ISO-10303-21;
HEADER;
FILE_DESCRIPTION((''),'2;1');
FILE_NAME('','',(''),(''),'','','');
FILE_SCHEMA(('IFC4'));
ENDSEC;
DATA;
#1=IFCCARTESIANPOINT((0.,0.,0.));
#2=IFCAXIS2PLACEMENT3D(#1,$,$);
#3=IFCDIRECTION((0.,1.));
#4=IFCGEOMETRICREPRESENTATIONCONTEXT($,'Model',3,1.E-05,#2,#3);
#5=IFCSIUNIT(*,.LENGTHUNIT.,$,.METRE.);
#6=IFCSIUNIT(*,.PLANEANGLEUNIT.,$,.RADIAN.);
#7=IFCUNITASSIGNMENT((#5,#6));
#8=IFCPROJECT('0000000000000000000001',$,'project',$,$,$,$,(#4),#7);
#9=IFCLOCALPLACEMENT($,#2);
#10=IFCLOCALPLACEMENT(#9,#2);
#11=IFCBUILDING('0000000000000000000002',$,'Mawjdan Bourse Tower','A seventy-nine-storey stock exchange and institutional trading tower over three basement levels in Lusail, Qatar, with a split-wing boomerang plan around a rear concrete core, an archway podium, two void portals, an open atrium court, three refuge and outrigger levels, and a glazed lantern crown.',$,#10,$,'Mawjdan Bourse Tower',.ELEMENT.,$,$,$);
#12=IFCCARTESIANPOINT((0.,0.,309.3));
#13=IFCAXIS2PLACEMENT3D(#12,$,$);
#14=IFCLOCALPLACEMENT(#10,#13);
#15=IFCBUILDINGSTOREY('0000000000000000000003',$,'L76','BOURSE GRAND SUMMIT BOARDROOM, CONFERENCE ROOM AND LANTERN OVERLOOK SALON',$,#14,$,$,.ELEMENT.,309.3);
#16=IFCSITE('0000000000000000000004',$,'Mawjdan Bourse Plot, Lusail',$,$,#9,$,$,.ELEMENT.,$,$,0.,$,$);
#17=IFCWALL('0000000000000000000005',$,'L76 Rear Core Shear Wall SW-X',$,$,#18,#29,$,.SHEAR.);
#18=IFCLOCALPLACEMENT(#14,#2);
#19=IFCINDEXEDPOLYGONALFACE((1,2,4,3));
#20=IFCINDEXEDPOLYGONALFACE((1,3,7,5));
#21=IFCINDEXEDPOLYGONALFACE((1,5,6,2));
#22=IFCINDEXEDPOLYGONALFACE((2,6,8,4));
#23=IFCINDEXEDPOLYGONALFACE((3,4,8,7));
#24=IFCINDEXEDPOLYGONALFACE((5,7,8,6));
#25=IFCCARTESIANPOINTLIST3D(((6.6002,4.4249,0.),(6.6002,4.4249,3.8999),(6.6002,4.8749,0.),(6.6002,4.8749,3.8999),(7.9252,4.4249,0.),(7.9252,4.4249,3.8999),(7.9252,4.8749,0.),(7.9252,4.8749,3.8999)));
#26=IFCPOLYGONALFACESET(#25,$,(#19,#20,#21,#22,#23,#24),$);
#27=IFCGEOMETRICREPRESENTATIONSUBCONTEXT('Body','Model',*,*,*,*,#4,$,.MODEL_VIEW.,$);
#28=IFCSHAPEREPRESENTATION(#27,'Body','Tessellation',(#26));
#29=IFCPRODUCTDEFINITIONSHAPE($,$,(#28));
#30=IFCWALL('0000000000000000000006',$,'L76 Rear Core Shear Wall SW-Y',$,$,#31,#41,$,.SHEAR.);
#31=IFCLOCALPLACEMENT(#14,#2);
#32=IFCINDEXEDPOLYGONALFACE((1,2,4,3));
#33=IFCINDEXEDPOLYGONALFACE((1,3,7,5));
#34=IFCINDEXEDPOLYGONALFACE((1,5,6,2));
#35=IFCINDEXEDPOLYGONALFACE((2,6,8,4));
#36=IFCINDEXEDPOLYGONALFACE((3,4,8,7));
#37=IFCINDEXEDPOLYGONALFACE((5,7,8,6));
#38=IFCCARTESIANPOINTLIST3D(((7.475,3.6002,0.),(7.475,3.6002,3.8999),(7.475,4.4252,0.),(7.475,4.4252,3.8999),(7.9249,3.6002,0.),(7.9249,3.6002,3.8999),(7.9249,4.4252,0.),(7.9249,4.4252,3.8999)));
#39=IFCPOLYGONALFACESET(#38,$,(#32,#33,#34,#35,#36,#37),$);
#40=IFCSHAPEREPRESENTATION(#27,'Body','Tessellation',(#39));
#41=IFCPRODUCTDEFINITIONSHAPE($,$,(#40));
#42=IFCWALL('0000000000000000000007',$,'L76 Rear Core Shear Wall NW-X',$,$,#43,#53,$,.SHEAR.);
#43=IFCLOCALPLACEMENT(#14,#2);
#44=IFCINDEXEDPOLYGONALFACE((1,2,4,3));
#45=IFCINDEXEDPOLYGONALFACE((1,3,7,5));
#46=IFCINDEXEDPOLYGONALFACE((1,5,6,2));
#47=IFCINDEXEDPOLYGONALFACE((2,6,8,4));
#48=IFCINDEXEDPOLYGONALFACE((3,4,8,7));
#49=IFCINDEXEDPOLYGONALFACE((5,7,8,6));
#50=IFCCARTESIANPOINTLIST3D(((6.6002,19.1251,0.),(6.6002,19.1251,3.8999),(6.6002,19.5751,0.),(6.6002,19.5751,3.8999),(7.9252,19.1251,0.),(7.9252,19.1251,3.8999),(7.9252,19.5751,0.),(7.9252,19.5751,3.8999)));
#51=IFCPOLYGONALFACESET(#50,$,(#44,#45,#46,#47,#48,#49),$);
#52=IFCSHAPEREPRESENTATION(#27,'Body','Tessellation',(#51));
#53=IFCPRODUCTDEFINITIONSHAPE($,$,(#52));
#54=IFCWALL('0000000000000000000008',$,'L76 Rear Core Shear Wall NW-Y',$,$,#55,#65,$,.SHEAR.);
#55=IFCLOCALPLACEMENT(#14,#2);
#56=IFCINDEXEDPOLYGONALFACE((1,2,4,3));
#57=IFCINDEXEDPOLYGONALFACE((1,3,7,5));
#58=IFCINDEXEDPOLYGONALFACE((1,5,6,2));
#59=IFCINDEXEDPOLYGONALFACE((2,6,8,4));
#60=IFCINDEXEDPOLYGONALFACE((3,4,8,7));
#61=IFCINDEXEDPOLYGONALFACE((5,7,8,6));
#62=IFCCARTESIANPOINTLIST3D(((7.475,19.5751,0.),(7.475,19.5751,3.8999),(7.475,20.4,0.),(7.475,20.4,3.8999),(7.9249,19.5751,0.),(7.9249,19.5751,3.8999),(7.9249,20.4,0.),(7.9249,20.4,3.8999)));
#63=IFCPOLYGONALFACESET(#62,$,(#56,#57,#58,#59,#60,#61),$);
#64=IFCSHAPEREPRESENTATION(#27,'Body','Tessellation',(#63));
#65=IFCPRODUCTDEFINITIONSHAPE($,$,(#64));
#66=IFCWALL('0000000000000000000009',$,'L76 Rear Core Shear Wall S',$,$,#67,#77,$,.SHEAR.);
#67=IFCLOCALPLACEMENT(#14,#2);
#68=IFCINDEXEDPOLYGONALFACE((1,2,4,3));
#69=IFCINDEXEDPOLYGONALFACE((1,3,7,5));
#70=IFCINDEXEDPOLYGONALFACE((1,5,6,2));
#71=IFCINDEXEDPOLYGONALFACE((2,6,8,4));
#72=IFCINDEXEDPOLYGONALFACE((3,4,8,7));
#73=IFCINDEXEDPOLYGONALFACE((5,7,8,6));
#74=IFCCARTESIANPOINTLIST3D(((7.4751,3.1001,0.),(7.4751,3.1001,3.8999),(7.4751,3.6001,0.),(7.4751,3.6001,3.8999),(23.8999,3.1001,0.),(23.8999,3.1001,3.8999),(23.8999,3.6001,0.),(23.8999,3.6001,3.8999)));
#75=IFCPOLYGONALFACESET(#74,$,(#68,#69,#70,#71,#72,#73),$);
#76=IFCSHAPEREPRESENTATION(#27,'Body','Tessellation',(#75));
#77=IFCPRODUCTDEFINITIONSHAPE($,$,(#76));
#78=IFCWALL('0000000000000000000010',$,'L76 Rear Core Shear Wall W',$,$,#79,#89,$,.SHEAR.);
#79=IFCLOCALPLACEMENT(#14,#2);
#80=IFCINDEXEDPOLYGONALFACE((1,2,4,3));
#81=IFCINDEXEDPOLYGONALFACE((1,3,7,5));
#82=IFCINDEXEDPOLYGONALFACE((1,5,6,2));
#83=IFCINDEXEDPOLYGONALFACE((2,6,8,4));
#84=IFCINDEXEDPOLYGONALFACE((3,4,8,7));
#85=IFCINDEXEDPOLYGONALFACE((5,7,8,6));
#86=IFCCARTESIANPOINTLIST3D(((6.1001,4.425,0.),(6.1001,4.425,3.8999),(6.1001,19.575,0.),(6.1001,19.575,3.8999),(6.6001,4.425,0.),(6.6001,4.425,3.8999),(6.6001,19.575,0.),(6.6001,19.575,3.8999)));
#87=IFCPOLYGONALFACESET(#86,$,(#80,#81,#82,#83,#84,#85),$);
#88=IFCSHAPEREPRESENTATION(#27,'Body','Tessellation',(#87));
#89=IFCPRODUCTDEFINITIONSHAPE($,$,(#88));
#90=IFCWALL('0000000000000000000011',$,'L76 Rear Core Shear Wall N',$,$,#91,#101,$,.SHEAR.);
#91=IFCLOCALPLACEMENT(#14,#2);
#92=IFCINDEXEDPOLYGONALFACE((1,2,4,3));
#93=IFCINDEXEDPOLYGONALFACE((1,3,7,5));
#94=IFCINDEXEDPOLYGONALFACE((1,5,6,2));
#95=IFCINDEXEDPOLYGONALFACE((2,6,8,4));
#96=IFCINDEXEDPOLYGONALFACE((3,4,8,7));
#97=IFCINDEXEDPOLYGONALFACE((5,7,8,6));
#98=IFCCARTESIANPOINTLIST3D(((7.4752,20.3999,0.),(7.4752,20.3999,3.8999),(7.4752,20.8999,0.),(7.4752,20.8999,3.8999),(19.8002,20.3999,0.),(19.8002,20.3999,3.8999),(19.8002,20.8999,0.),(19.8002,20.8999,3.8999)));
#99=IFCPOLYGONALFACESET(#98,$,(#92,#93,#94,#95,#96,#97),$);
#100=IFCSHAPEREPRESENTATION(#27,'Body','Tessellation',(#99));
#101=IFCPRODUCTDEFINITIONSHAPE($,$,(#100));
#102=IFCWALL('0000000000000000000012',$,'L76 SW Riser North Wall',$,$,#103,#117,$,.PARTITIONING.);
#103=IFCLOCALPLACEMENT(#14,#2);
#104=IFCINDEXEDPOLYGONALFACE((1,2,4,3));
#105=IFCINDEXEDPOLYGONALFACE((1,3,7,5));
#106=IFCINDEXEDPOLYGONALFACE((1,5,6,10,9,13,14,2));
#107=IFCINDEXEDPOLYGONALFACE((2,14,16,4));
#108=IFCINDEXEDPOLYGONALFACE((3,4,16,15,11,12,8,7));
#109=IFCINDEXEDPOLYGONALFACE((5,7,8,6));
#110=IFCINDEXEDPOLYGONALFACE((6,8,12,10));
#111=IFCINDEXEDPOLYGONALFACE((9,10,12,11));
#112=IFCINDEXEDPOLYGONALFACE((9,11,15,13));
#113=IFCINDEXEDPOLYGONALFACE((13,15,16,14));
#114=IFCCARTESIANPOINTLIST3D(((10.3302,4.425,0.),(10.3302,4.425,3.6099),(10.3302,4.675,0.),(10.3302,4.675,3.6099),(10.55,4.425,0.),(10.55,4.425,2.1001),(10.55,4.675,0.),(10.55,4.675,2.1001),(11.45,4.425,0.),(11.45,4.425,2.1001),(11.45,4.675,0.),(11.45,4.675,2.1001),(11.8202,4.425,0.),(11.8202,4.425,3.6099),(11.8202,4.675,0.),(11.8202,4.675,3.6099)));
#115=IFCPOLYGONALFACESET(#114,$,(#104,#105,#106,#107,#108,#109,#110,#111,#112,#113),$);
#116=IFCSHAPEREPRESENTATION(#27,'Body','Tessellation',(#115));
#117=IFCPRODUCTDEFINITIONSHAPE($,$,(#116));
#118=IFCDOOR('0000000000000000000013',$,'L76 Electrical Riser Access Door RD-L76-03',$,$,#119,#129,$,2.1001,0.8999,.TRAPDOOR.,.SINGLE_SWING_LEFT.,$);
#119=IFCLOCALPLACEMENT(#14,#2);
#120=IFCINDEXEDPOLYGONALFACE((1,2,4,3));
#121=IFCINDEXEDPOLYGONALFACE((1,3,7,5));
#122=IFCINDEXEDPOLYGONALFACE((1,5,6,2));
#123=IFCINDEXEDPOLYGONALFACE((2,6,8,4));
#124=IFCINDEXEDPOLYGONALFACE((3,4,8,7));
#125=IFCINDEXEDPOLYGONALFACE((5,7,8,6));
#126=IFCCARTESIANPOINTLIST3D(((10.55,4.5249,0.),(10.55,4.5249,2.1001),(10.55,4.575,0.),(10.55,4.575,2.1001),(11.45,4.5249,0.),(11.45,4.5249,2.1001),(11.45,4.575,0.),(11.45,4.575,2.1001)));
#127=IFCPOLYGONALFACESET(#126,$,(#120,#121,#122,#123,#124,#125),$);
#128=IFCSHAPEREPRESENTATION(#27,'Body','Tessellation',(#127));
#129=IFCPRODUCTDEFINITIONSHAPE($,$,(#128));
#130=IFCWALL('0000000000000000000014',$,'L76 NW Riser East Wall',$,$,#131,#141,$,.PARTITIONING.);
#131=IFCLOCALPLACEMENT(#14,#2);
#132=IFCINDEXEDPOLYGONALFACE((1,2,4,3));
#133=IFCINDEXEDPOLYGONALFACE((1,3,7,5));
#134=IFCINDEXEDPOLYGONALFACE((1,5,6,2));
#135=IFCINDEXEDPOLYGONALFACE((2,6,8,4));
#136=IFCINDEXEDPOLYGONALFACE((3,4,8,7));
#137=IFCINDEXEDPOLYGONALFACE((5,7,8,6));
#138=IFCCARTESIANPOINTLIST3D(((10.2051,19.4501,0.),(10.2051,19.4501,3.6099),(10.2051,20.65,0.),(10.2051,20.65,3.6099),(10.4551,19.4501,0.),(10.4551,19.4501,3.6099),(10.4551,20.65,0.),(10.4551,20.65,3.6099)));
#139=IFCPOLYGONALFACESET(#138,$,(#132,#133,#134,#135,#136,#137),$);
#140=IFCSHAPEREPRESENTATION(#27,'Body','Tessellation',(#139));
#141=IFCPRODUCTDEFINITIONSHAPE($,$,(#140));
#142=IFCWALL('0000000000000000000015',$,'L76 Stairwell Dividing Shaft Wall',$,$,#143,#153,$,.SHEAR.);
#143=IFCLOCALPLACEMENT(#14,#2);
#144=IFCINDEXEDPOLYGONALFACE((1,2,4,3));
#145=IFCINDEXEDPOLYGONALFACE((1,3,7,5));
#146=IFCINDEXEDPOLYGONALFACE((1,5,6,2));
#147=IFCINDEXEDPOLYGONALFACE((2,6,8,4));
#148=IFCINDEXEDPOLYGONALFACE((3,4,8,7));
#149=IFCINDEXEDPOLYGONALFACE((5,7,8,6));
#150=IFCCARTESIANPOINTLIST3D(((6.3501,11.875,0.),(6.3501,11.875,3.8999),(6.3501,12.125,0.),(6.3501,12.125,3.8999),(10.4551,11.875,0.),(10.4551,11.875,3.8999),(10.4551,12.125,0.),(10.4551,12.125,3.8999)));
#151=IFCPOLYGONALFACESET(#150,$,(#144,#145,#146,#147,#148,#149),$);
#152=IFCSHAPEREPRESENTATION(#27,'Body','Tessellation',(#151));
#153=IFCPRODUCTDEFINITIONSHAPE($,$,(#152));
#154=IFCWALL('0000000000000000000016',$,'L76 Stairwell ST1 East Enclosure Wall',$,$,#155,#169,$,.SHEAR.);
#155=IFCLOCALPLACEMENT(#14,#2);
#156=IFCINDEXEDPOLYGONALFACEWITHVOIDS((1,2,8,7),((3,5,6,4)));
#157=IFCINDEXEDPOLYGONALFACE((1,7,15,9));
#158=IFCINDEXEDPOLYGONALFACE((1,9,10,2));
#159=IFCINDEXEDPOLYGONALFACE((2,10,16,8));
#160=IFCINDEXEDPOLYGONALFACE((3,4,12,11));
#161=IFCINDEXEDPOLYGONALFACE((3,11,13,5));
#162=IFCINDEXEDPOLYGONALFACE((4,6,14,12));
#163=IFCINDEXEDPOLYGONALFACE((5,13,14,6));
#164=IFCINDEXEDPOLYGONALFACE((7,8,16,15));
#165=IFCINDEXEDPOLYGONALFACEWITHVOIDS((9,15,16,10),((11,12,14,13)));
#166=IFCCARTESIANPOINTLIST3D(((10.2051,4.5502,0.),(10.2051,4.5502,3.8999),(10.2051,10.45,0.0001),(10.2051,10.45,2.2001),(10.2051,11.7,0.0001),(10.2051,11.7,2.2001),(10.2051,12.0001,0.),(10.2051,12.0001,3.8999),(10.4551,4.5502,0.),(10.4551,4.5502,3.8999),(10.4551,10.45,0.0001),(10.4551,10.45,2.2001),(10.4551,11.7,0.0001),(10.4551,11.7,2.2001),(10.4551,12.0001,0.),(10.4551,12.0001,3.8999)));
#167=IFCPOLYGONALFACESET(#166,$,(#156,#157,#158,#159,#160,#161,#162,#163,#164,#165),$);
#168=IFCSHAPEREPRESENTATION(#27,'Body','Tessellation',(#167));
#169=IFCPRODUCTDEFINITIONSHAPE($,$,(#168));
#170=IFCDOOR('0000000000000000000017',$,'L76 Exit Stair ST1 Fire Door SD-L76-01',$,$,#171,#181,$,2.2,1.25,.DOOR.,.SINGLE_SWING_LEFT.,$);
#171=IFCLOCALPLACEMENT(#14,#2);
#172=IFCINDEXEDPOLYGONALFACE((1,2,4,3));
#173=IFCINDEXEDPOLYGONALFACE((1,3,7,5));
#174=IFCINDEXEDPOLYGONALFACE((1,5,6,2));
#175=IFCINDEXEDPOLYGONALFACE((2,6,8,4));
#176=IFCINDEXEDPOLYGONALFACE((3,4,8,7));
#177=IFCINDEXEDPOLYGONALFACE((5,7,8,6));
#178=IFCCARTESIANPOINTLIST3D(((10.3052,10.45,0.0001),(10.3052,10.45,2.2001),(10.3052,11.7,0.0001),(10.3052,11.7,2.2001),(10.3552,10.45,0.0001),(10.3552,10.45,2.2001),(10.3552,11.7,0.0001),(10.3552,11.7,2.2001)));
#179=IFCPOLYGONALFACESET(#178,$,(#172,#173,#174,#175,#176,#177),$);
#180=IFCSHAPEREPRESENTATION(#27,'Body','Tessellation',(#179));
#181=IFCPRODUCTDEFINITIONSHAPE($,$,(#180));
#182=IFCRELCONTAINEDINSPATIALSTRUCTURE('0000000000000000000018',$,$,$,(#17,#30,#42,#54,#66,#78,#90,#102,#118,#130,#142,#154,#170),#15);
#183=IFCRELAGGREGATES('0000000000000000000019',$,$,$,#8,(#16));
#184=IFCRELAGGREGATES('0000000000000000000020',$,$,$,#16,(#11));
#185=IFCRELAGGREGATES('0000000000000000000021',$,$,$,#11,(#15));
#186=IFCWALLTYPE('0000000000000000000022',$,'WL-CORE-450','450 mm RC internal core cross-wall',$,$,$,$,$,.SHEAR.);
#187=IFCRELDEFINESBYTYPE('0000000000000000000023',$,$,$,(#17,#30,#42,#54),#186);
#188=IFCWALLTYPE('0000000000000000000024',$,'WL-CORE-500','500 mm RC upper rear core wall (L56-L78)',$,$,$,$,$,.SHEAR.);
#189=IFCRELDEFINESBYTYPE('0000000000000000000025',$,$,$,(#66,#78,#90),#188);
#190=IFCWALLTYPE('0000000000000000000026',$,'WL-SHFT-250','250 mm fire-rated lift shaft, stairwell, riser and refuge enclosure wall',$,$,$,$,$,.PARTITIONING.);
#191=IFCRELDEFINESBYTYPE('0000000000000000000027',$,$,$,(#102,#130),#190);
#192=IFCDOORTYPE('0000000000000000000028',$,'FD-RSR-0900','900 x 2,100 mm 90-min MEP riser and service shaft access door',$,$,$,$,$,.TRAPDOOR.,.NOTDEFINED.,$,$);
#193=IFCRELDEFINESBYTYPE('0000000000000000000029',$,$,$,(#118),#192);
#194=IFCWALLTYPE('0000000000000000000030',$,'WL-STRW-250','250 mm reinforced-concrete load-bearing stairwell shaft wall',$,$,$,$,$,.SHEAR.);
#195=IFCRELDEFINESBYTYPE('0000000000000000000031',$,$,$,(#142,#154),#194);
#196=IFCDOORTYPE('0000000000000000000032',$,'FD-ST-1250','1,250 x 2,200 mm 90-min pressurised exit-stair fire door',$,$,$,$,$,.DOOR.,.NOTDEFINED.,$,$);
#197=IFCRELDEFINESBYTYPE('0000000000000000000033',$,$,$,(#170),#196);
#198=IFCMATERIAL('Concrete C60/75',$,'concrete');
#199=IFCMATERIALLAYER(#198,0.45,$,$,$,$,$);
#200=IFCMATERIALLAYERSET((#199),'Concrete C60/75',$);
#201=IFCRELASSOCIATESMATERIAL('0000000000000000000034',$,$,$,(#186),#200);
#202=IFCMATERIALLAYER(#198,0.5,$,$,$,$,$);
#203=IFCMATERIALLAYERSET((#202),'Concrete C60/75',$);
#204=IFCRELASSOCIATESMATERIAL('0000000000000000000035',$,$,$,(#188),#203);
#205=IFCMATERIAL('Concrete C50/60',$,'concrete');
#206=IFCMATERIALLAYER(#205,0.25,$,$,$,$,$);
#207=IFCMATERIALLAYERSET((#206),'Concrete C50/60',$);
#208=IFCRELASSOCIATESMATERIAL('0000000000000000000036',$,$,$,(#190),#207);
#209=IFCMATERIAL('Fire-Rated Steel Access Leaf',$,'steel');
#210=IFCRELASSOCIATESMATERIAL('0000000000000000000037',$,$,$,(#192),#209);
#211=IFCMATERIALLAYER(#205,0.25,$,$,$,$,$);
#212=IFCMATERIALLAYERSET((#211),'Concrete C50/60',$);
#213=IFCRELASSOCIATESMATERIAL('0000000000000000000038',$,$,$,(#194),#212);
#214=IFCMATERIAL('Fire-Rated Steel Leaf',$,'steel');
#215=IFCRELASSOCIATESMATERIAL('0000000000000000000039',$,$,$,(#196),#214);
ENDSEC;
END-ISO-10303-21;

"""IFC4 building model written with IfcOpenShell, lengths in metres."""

from ifc_helpers import new_model, si_unit, direction, frame, frame_2d, origin, place, context, subcontext, project, spatial, rectangle, extrude, material, layer, layer_set, type_object, element, fill, save


model = new_model("IFC4")

# Units and contexts
model_context = context("Model", 3, precision=1e-05, world=origin(), true_north=direction((0.0, 1.0)))
body_context = subcontext(model_context, "Body", "Model", "MODEL_VIEW")
ifc_project = project(units=[si_unit("LENGTHUNIT", "METRE"), si_unit("PLANEANGLEUNIT", "RADIAN")], contexts=[model_context])

# Site, building, storey
site_placement = place(None, origin())
site = spatial("IfcSite", under=ifc_project, at=site_placement, Name="Mawjdan Bourse Plot, Lusail", CompositionType="ELEMENT", RefElevation=0.0)
building_placement = place(site_placement, origin())
building = spatial("IfcBuilding", under=site, at=building_placement, Name="Mawjdan Bourse Tower", Description="A seventy-nine-storey stock exchange and institutional trading tower over three basement levels in Lusail, Qatar, with a split-wing boomerang plan around a rear concrete core, an archway podium, two void portals, an open atrium court, three refuge and outrigger levels, and a glazed lantern crown.", LongName="Mawjdan Bourse Tower", CompositionType="ELEMENT")
storey_placement = place(building_placement, frame((0.0, 0.0, 309.3)))
storey = spatial("IfcBuildingStorey", under=building, at=storey_placement, Name="L76", Description="BOURSE GRAND SUMMIT BOARDROOM, CONFERENCE ROOM AND LANTERN OVERLOOK SALON", CompositionType="ELEMENT", Elevation=309.3)

# Shared definitions
ifc_material_1 = material(Name="Concrete C50/60", Category="concrete")

# Walls
ifc_material_2 = material(Name="Concrete C60/75", Category="concrete")
ifc_layer_1 = layer(ifc_material_2, 0.45)
ifc_layer_set_1 = layer_set([ifc_layer_1], Name="Concrete C60/75")
wall_type_1 = type_object("IfcWallType", Name="WL-CORE-450", Description="450 mm RC internal core cross-wall", PredefinedType="SHEAR", material=ifc_layer_set_1)
wall_1_placement = place(storey_placement, frame((6.6001, 4.6499, 0.0), z_axis=(0.0, 0.0, 1.0), x_axis=(1.0, 0.0, 0.0)))
element("IfcWall", 1, at=wall_1_placement, inside=storey, type_object=wall_type_1, Name="L76 Rear Core Shear Wall SW-X", PredefinedType="SHEAR", context=body_context, shape_type="SweptSolid", body=[
    extrude(rectangle(XDim=1.325, YDim=0.45, at=frame_2d((0.6626, 0.0))), origin(), (0.0, 0.0, 1.0), 3.8999),
])
wall_2_placement = place(storey_placement, frame((7.7, 3.6001, 0.0), z_axis=(0.0, 0.0, 1.0), x_axis=(0.0, 1.0, 0.0)))
element("IfcWall", 2, at=wall_2_placement, inside=storey, type_object=wall_type_1, Name="L76 Rear Core Shear Wall SW-Y", PredefinedType="SHEAR", context=body_context, shape_type="SweptSolid", body=[
    extrude(rectangle(XDim=0.825, YDim=0.45, at=frame_2d((0.4126, 0.0))), origin(), (0.0, 0.0, 1.0), 3.8999),
])
wall_3_placement = place(storey_placement, frame((6.6001, 19.3501, 0.0), z_axis=(0.0, 0.0, 1.0), x_axis=(1.0, 0.0, 0.0)))
element("IfcWall", 3, at=wall_3_placement, inside=storey, type_object=wall_type_1, Name="L76 Rear Core Shear Wall NW-X", PredefinedType="SHEAR", context=body_context, shape_type="SweptSolid", body=[
    extrude(rectangle(XDim=1.325, YDim=0.45, at=frame_2d((0.6626, 0.0))), origin(), (0.0, 0.0, 1.0), 3.8999),
])
wall_4_placement = place(storey_placement, frame((7.7, 19.575, 0.0), z_axis=(0.0, 0.0, 1.0), x_axis=(0.0, 1.0, 0.0)))
element("IfcWall", 4, at=wall_4_placement, inside=storey, type_object=wall_type_1, Name="L76 Rear Core Shear Wall NW-Y", PredefinedType="SHEAR", context=body_context, shape_type="SweptSolid", body=[
    extrude(rectangle(XDim=0.825, YDim=0.45, at=frame_2d((0.4126, 0.0))), origin(), (0.0, 0.0, 1.0), 3.8999),
])
ifc_layer_2 = layer(ifc_material_2, 0.5)
ifc_layer_set_2 = layer_set([ifc_layer_2], Name="Concrete C60/75")
wall_type_2 = type_object("IfcWallType", Name="WL-CORE-500", Description="500 mm RC upper rear core wall (L56-L78)", PredefinedType="SHEAR", material=ifc_layer_set_2)
wall_5_placement = place(storey_placement, frame((7.4751, 3.3501, 0.0), z_axis=(0.0, 0.0, 1.0), x_axis=(1.0, 0.0, 0.0)))
element("IfcWall", 5, at=wall_5_placement, inside=storey, type_object=wall_type_2, Name="L76 Rear Core Shear Wall S", PredefinedType="SHEAR", context=body_context, shape_type="SweptSolid", body=[
    extrude(rectangle(XDim=16.4248, YDim=0.5, at=frame_2d((8.2124, 0.0))), origin(), (0.0, 0.0, 1.0), 3.8999),
])
wall_6_placement = place(storey_placement, frame((6.3501, 4.425, 0.0), z_axis=(0.0, 0.0, 1.0), x_axis=(0.0, 1.0, 0.0)))
element("IfcWall", 6, at=wall_6_placement, inside=storey, type_object=wall_type_2, Name="L76 Rear Core Shear Wall W", PredefinedType="SHEAR", context=body_context, shape_type="SweptSolid", body=[
    extrude(rectangle(XDim=15.1499, YDim=0.5, at=frame_2d((7.575, 0.0))), origin(), (0.0, 0.0, 1.0), 3.8999),
])
wall_7_placement = place(storey_placement, frame((7.4751, 20.6499, 0.0), z_axis=(0.0, 0.0, 1.0), x_axis=(1.0, 0.0, 0.0)))
element("IfcWall", 7, at=wall_7_placement, inside=storey, type_object=wall_type_2, Name="L76 Rear Core Shear Wall N", PredefinedType="SHEAR", context=body_context, shape_type="SweptSolid", body=[
    extrude(rectangle(XDim=12.325, YDim=0.5, at=frame_2d((6.1626, 0.0))), origin(), (0.0, 0.0, 1.0), 3.8999),
])

# Wall, opening, door
ifc_layer_3 = layer(ifc_material_1, 0.25)
ifc_layer_set_3 = layer_set([ifc_layer_3], Name="Concrete C50/60")
wall_type_3 = type_object("IfcWallType", Name="WL-SHFT-250", Description="250 mm fire-rated lift shaft, stairwell, riser and refuge enclosure wall", PredefinedType="PARTITIONING", material=ifc_layer_set_3)
wall_8_placement = place(storey_placement, frame((10.3301, 4.55, 0.0), z_axis=(0.0, 0.0, 1.0), x_axis=(1.0, 0.0, 0.0)))
wall_8 = element("IfcWall", 8, at=wall_8_placement, inside=storey, type_object=wall_type_3, Name="L76 SW Riser North Wall", PredefinedType="PARTITIONING", context=body_context, shape_type="SweptSolid", body=[
    extrude(rectangle(XDim=1.49, YDim=0.25, at=frame_2d((0.7451, 0.0))), origin(), (0.0, 0.0, 1.0), 3.6099),
])
opening_1_placement = place(wall_8_placement, frame((0.22, 0.0, 0.0)))
opening_1 = element("IfcOpeningElement", 9, at=opening_1_placement, cuts=wall_8, PredefinedType="OPENING", context=body_context, shape_type="SweptSolid", body=[
    extrude(rectangle(XDim=0.8999, YDim=2.1001, at=frame_2d((0.45, 1.05))), frame((0.0, 0.135, 0.0), z_axis=(0.0, -1.0, 0.0), x_axis=(1.0, 0.0, 0.0)), (0.0, 0.0, 1.0), 0.27),
])
ifc_material_3 = material(Name="Fire-Rated Steel Access Leaf", Category="steel")
door_type_1 = type_object("IfcDoorType", Name="FD-RSR-0900", Description="900 x 2,100 mm 90-min MEP riser and service shaft access door", OperationType="NOTDEFINED", PredefinedType="TRAPDOOR", material=ifc_material_3)
door_1_placement = place(opening_1_placement, origin())
door_1 = element("IfcDoor", 10, at=door_1_placement, inside=storey, type_object=door_type_1, Name="L76 Electrical Riser Access Door RD-L76-03", OperationType="SINGLE_SWING_LEFT", OverallHeight=2.1001, OverallWidth=0.8999, PredefinedType="TRAPDOOR", context=body_context, shape_type="SweptSolid", body=[
    extrude(rectangle(XDim=0.8999, YDim=2.1001, at=frame_2d((0.45, 1.05))), frame((0.0, 0.0249, 0.0), z_axis=(0.0, -1.0, 0.0), x_axis=(1.0, 0.0, 0.0)), (0.0, 0.0, 1.0), 0.05),
])
fill(opening_1, door_1)

# Walls
wall_9_placement = place(storey_placement, frame((10.3301, 19.45, 0.0), z_axis=(0.0, 0.0, 1.0), x_axis=(0.0, 1.0, 0.0)))
element("IfcWall", 11, at=wall_9_placement, inside=storey, type_object=wall_type_3, Name="L76 NW Riser East Wall", PredefinedType="PARTITIONING", context=body_context, shape_type="SweptSolid", body=[
    extrude(rectangle(XDim=1.2, YDim=0.25, at=frame_2d((0.6001, 0.0))), origin(), (0.0, 0.0, 1.0), 3.6099),
])
ifc_layer_4 = layer(ifc_material_1, 0.25)
ifc_layer_set_4 = layer_set([ifc_layer_4], Name="Concrete C50/60")
wall_type_4 = type_object("IfcWallType", Name="WL-STRW-250", Description="250 mm reinforced-concrete load-bearing stairwell shaft wall", PredefinedType="SHEAR", material=ifc_layer_set_4)
wall_10_placement = place(storey_placement, frame((6.3501, 12.0, 0.0), z_axis=(0.0, 0.0, 1.0), x_axis=(1.0, 0.0, 0.0)))
element("IfcWall", 12, at=wall_10_placement, inside=storey, type_object=wall_type_4, Name="L76 Stairwell Dividing Shaft Wall", PredefinedType="SHEAR", context=body_context, shape_type="SweptSolid", body=[
    extrude(rectangle(XDim=4.105, YDim=0.25, at=frame_2d((2.0525, 0.0))), origin(), (0.0, 0.0, 1.0), 3.8999),
])

# Wall, opening, door
wall_11_placement = place(storey_placement, frame((10.3301, 4.55, 0.0), z_axis=(0.0, 0.0, 1.0), x_axis=(0.0, 1.0, 0.0)))
wall_11 = element("IfcWall", 13, at=wall_11_placement, inside=storey, type_object=wall_type_4, Name="L76 Stairwell ST1 East Enclosure Wall", PredefinedType="SHEAR", context=body_context, shape_type="SweptSolid", body=[
    extrude(rectangle(XDim=7.45, YDim=0.25, at=frame_2d((3.7251, 0.0))), origin(), (0.0, 0.0, 1.0), 3.8999),
])
opening_2_placement = place(wall_11_placement, frame((5.8999, 0.0, 0.0)))
opening_2 = element("IfcOpeningElement", 14, at=opening_2_placement, cuts=wall_11, PredefinedType="OPENING", context=body_context, shape_type="SweptSolid", body=[
    extrude(rectangle(XDim=1.25, YDim=2.2, at=frame_2d((0.625, 1.1001))), frame((0.0, 0.135, 0.0), z_axis=(0.0, -1.0, 0.0), x_axis=(1.0, 0.0, 0.0)), (0.0, 0.0, 1.0), 0.27),
])
ifc_material_4 = material(Name="Fire-Rated Steel Leaf", Category="steel")
door_type_2 = type_object("IfcDoorType", Name="FD-ST-1250", Description="1,250 x 2,200 mm 90-min pressurised exit-stair fire door", OperationType="NOTDEFINED", PredefinedType="DOOR", material=ifc_material_4)
door_2_placement = place(opening_2_placement, origin())
door_2 = element("IfcDoor", 15, at=door_2_placement, inside=storey, type_object=door_type_2, Name="L76 Exit Stair ST1 Fire Door SD-L76-01", OperationType="SINGLE_SWING_LEFT", OverallHeight=2.2, OverallWidth=1.25, PredefinedType="DOOR", context=body_context, shape_type="SweptSolid", body=[
    extrude(rectangle(XDim=1.25, YDim=2.2, at=frame_2d((0.625, 1.1001))), frame((0.0, 0.0249, 0.0), z_axis=(0.0, -1.0, 0.0), x_axis=(1.0, 0.0, 0.0)), (0.0, 0.0, 1.0), 0.05),
])
fill(opening_2, door_2)

save(model, "model.ifc")
